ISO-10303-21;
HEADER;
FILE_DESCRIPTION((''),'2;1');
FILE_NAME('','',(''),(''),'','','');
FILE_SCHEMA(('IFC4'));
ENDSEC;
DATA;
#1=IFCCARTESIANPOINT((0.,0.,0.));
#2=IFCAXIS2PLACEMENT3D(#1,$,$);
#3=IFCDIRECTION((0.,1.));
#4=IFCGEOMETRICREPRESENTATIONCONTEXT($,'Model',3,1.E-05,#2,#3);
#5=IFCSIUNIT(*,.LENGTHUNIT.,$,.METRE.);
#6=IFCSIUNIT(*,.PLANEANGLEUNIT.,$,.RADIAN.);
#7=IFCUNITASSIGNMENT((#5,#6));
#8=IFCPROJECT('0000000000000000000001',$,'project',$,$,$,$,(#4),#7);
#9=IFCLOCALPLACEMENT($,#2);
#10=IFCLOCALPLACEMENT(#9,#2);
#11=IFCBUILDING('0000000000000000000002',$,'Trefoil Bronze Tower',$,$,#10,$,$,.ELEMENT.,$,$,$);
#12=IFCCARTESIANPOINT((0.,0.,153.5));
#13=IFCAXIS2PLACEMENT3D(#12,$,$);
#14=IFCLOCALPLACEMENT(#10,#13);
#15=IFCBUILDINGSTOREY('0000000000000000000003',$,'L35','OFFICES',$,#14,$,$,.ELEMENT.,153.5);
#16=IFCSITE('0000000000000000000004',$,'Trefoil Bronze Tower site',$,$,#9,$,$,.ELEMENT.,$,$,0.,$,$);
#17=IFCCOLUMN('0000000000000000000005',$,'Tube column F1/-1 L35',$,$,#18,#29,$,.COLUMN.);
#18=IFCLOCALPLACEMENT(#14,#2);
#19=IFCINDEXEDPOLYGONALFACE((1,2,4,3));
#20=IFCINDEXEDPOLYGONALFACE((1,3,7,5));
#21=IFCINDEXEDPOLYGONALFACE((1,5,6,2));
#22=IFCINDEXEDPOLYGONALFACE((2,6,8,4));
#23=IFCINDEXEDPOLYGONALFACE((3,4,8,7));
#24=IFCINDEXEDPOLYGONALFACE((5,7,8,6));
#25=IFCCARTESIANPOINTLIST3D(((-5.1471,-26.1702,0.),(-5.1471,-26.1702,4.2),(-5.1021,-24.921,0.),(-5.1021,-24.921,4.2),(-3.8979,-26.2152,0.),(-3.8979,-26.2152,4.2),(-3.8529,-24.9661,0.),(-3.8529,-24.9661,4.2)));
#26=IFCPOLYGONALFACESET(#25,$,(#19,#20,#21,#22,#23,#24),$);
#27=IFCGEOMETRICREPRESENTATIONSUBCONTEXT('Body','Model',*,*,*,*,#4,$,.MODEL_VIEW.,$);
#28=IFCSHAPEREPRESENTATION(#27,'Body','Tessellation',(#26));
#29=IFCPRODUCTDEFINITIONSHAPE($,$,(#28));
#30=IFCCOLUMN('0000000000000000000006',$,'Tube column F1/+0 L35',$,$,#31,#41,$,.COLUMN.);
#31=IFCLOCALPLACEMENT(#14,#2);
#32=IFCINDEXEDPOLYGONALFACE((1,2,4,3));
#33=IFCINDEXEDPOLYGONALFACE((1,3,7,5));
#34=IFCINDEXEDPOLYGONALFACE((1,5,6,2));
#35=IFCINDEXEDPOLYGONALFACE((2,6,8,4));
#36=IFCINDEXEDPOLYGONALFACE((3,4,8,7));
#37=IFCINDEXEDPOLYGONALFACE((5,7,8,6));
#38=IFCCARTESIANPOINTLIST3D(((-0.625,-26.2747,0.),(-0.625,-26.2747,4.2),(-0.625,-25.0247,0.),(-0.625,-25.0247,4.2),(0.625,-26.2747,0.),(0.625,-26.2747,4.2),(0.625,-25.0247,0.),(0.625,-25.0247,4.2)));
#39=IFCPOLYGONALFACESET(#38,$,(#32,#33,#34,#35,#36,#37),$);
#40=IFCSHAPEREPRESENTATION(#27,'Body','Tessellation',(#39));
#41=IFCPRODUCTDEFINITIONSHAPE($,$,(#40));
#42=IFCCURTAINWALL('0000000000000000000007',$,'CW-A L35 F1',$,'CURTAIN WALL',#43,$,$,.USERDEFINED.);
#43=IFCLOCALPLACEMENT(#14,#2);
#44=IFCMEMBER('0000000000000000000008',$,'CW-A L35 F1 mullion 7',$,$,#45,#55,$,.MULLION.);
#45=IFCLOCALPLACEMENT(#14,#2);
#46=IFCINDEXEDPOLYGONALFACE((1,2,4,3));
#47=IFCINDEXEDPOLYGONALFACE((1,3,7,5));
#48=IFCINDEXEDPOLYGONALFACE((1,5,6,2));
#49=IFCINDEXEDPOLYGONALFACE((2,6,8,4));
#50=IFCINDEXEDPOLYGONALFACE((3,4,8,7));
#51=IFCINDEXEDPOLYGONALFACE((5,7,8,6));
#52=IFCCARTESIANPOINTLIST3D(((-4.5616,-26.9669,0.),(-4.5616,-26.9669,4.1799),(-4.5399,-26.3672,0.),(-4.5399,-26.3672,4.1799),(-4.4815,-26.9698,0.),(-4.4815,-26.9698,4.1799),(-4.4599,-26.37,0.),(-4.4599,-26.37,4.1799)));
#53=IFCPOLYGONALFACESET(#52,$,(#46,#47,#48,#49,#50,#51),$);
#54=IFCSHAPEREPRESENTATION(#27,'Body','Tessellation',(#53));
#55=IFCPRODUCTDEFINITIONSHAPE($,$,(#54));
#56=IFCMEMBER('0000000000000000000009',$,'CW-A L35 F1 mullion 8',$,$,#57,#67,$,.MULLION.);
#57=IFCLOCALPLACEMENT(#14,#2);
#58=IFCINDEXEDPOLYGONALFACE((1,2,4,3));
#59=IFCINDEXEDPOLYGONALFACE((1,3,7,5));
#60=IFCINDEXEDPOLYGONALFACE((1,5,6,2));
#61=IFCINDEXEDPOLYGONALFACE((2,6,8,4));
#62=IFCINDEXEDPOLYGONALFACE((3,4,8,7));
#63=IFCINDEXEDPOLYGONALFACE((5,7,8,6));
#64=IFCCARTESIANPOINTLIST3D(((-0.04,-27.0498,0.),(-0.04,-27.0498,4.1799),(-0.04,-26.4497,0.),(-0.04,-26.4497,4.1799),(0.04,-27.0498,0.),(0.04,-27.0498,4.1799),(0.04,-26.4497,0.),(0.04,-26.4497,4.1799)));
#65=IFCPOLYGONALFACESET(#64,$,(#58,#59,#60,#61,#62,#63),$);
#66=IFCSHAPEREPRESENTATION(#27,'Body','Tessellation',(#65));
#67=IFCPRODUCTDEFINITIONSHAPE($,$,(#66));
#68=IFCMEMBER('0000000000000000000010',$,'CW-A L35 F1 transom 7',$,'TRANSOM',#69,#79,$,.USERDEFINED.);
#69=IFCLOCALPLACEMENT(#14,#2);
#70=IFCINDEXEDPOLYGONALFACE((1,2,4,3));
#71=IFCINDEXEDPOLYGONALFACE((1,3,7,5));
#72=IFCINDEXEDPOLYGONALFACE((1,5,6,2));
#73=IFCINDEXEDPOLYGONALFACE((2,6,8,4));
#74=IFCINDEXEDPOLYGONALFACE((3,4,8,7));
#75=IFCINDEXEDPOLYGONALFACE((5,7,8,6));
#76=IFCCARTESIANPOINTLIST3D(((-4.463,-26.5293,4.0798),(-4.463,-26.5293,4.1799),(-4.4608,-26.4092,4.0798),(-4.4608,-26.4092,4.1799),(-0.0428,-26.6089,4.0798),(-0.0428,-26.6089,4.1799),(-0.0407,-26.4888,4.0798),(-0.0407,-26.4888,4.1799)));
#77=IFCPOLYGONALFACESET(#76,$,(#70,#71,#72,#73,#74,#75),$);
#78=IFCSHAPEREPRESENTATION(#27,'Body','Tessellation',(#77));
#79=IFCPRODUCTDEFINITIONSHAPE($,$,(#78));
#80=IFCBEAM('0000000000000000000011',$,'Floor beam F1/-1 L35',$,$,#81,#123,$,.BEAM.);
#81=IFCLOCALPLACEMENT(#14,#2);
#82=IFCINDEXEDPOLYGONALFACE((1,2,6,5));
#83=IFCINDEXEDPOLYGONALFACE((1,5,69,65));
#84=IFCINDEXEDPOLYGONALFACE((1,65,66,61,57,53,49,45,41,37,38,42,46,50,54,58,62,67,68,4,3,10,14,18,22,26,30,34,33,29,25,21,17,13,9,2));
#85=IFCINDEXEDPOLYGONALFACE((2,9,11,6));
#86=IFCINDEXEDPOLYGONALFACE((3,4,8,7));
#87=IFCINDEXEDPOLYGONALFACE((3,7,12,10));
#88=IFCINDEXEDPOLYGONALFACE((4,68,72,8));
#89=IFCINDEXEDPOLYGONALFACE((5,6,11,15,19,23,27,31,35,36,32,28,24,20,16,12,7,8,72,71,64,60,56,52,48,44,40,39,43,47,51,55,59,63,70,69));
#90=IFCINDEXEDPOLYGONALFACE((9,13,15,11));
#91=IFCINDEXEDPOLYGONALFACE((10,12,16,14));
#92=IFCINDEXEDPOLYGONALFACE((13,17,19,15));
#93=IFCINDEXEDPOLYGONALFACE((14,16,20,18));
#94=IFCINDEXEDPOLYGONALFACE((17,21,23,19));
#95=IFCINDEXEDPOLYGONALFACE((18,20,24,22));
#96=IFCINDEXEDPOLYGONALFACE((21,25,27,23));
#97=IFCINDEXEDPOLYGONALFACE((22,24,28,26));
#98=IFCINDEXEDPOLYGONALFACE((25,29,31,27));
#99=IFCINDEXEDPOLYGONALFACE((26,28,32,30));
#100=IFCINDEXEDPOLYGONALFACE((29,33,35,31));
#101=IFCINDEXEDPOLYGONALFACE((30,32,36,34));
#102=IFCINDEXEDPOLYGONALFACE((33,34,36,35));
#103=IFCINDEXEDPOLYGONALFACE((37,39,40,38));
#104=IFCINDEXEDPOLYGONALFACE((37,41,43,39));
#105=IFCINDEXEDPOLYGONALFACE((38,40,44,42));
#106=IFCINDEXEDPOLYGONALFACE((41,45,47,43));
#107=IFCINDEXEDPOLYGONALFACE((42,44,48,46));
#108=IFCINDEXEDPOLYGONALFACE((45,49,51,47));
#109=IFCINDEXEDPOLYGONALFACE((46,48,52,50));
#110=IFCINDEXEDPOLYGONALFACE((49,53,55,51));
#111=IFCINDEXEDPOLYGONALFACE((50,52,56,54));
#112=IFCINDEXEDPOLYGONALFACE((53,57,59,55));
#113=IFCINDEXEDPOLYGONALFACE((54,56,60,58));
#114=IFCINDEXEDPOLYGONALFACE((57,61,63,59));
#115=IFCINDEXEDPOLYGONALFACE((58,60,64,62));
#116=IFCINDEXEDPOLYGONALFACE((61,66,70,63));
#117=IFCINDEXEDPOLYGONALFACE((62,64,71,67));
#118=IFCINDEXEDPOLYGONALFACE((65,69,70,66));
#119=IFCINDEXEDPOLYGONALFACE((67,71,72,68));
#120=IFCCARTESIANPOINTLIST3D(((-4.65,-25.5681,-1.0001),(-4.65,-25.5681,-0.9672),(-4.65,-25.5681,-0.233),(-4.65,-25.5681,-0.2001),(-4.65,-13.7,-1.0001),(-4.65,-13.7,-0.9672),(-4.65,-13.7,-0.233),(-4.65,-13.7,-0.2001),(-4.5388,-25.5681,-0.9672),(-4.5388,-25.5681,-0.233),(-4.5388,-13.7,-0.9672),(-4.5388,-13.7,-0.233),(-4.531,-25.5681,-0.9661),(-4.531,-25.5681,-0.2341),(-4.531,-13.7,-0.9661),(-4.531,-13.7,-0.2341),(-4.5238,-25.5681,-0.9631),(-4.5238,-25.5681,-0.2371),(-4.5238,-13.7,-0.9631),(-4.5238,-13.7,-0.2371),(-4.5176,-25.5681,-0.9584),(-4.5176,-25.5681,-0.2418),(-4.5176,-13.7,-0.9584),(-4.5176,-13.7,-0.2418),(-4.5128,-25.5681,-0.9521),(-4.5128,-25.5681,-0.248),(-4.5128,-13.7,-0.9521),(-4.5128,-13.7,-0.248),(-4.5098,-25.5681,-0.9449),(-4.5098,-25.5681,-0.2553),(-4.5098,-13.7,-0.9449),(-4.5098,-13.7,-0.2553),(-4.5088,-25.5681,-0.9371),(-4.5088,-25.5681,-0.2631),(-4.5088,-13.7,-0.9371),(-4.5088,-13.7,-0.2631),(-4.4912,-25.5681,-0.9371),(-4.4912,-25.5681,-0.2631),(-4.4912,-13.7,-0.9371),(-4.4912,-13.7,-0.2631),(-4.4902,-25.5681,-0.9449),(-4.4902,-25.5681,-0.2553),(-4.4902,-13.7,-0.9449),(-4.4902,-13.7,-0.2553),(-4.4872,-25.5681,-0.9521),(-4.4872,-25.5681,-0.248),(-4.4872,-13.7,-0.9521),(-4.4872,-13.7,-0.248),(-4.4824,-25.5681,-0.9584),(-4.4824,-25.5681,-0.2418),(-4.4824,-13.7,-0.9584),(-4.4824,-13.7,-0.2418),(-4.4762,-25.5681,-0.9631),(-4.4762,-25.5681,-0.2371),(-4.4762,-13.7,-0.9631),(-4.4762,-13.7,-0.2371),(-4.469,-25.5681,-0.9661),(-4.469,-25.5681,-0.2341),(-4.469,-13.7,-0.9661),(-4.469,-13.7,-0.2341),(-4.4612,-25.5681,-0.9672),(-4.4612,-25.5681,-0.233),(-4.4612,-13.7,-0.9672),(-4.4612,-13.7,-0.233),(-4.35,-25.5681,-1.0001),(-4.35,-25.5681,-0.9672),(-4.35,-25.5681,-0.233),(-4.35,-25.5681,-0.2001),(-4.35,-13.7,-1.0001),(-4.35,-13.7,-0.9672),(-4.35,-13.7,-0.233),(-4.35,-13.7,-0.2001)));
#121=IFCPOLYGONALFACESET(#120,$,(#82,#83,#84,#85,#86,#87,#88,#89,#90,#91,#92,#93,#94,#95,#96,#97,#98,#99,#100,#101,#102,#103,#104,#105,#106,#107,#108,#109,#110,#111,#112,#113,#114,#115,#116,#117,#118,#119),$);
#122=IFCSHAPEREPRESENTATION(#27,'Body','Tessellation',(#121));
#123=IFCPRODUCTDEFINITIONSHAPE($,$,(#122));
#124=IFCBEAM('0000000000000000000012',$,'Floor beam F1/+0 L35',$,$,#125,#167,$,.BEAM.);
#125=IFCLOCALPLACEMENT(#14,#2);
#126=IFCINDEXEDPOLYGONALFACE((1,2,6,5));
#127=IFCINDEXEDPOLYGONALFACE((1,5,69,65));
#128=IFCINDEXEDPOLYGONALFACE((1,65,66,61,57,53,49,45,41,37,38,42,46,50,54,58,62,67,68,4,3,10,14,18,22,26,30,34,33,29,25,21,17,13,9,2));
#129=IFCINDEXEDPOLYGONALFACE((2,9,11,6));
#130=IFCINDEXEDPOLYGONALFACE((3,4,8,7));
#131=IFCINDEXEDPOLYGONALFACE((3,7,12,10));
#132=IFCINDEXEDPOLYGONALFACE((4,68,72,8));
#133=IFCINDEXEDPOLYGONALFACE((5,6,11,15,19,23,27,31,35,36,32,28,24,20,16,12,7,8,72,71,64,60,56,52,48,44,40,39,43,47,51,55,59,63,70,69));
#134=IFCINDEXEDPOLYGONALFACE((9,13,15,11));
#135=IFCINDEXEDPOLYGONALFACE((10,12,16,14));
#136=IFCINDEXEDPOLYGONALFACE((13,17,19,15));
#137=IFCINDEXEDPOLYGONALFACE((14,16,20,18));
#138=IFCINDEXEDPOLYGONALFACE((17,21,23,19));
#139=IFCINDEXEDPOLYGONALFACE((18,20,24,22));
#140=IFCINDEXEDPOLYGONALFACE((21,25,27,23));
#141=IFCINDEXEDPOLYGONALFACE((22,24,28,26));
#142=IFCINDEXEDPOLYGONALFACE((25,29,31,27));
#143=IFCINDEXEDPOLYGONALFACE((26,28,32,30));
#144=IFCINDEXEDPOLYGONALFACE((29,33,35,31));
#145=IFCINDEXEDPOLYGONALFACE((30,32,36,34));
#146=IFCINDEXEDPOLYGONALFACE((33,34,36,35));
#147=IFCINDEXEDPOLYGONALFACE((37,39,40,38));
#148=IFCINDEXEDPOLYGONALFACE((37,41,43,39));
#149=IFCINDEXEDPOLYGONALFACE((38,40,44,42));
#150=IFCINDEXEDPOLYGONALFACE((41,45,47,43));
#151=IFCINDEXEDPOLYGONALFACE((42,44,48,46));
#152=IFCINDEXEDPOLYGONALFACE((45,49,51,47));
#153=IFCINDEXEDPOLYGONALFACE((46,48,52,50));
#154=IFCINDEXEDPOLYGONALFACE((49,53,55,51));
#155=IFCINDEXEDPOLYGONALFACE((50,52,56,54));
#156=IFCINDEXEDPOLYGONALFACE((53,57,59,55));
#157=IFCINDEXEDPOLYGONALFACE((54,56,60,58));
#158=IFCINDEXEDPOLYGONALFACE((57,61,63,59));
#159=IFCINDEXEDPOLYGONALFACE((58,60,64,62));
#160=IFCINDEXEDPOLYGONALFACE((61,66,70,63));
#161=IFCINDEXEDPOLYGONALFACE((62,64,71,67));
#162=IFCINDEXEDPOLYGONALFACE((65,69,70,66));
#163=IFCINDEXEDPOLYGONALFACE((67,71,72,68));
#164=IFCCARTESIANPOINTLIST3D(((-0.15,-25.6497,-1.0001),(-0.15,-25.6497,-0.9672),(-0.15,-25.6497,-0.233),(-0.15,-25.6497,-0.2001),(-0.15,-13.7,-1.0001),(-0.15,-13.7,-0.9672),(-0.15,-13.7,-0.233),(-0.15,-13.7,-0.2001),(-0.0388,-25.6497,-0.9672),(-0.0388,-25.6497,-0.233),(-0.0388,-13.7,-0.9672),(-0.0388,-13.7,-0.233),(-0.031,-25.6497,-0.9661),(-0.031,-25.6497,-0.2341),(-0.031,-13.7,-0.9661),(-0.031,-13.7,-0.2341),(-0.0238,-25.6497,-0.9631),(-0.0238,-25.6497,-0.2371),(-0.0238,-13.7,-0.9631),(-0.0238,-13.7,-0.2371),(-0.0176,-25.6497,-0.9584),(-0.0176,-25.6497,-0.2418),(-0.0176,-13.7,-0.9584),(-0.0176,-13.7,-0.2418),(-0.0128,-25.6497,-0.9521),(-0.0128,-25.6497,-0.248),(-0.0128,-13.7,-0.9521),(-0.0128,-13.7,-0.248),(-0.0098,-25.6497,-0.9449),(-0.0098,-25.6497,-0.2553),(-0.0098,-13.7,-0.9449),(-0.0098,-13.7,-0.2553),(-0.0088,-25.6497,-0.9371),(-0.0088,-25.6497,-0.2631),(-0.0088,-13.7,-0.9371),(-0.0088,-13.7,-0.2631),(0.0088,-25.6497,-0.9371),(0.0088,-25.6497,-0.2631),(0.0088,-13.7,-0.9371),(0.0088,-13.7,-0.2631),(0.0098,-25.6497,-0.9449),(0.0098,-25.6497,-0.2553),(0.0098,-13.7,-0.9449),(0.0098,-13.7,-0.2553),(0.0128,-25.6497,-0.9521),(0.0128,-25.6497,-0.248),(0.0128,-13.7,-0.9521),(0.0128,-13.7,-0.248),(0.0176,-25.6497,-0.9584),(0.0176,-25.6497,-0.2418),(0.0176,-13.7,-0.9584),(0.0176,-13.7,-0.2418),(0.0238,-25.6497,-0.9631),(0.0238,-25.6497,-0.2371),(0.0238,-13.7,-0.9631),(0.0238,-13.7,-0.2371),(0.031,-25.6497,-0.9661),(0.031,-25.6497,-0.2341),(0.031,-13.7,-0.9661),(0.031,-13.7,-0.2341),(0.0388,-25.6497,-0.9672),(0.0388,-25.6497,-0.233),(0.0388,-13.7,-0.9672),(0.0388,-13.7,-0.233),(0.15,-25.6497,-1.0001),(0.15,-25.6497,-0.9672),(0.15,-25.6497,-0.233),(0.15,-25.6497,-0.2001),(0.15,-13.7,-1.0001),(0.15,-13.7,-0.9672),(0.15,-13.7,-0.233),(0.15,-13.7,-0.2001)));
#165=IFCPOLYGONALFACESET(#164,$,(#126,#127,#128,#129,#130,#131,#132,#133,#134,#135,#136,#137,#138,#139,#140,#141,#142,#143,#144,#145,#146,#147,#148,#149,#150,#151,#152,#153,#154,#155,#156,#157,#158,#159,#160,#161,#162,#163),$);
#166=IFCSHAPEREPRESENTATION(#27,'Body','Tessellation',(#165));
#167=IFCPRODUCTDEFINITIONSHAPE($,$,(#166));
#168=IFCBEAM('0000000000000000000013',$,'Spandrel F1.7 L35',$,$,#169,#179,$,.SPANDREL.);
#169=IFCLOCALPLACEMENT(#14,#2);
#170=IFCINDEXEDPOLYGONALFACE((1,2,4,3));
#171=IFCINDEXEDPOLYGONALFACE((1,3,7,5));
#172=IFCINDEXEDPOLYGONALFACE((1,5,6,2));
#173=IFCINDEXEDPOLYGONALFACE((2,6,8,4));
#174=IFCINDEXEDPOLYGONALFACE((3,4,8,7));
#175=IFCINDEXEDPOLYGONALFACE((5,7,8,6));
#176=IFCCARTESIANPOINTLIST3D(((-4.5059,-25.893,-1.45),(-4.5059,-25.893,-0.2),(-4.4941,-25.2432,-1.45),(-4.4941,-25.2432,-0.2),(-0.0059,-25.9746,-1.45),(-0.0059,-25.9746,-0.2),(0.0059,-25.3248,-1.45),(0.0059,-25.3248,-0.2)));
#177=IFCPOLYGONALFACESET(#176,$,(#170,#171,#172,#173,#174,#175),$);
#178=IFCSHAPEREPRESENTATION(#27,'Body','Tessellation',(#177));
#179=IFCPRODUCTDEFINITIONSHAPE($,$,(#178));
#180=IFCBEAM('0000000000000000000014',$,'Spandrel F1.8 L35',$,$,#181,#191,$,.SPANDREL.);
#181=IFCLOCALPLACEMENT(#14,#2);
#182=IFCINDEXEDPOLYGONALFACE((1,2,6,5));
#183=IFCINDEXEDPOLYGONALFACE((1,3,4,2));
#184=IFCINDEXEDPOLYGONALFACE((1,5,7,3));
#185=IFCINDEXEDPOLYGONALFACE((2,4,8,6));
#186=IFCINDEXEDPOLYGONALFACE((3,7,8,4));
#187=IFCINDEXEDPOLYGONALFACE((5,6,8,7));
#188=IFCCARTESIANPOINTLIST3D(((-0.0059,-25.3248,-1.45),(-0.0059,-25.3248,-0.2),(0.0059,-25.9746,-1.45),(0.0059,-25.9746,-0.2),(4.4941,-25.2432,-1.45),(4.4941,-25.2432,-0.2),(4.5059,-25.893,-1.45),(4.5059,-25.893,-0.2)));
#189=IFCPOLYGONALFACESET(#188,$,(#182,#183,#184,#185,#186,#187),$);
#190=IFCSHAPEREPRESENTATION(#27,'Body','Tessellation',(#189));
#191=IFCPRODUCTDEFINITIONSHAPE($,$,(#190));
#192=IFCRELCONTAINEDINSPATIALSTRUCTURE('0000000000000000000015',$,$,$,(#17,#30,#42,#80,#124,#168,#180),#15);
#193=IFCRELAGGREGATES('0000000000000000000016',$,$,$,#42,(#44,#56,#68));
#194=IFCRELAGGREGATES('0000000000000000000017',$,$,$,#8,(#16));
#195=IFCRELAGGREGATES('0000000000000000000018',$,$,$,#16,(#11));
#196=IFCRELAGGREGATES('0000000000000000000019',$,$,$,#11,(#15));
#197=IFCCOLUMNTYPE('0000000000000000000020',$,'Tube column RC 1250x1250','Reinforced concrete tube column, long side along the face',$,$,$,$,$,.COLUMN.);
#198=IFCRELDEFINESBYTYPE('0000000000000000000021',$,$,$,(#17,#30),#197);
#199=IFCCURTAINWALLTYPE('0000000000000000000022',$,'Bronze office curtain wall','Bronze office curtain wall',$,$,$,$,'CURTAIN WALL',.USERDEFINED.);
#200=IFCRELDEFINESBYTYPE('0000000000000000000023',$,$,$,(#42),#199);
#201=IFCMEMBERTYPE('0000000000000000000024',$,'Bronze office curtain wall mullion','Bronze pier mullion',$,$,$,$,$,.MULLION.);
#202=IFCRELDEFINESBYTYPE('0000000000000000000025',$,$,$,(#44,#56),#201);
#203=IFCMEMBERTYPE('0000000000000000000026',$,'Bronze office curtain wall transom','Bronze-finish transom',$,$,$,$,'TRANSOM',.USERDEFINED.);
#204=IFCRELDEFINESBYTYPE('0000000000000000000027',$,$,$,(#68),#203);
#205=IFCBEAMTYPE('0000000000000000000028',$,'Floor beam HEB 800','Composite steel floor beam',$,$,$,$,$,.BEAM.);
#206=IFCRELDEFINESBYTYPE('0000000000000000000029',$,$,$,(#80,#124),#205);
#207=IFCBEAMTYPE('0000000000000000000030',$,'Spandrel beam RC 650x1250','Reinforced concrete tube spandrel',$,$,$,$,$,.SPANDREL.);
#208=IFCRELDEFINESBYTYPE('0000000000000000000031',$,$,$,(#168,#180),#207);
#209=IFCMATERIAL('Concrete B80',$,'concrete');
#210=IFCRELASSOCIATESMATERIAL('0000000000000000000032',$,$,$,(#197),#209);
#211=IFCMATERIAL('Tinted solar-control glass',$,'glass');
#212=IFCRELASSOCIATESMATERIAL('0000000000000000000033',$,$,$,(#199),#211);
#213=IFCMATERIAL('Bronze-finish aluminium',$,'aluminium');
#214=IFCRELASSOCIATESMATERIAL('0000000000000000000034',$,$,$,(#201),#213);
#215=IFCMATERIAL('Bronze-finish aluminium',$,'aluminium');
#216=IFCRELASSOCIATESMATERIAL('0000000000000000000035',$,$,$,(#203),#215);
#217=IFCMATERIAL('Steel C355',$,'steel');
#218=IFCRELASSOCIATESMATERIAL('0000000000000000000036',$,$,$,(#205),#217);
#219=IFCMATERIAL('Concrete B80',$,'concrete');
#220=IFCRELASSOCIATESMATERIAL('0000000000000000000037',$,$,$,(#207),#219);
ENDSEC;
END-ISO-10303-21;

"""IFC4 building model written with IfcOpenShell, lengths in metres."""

from ifc_helpers import new_model, si_unit, direction, frame, origin, origin_2d, place, context, subcontext, project, spatial, rectangle, i_section, extrude, material, material_profile, profile_set, type_object, element, aggregate, save


model = new_model("IFC4")

# Units and contexts
model_context = context("Model", 3, precision=1e-05, world=origin(), true_north=direction((0.0, 1.0)))
body_context = subcontext(model_context, "Body", "Model", "MODEL_VIEW")
ifc_project = project(units=[si_unit("LENGTHUNIT", "METRE"), si_unit("PLANEANGLEUNIT", "RADIAN")], contexts=[model_context])

# Site, building, storey
site_placement = place(None, origin())
site = spatial("IfcSite", under=ifc_project, at=site_placement, Name="Trefoil Bronze Tower site", CompositionType="ELEMENT", RefElevation=0.0)
building_placement = place(site_placement, origin())
building = spatial("IfcBuilding", under=site, at=building_placement, Name="Trefoil Bronze Tower", CompositionType="ELEMENT")
storey_placement = place(building_placement, frame((0.0, 0.0, 153.5)))
storey = spatial("IfcBuildingStorey", under=building, at=storey_placement, Name="L35", Description="OFFICES", CompositionType="ELEMENT", Elevation=153.5)

# Columns
ifc_material_1 = material(Name="Concrete B80", Category="concrete")
ifc_material_profile_1 = material_profile(ifc_material_1, rectangle(XDim=1.25, YDim=1.25, at=origin_2d()), Name="RC 1250x1250")
ifc_profile_set_1 = profile_set([ifc_material_profile_1], Name="Concrete B80")
column_type = type_object("IfcColumnType", Name="Tube column RC 1250x1250", Description="Reinforced concrete tube column, long side along the face", PredefinedType="COLUMN", material=ifc_profile_set_1)
for number, where, z_axis, x_axis, name in (
    (1, (-4.5, -25.5681, 0.0), (0.0, 0.0, 1.0), (0.99935, -0.036048, 0.0), "Tube column F1/-1 L35"),
    (2, (0.0, -25.6497, 0.0), (0.0, 0.0, 1.0), (1.0, 0.0, 0.0), "Tube column F1/+0 L35"),
):
    element("IfcColumn", number, at=place(storey_placement, frame(where, z_axis=z_axis, x_axis=x_axis)), inside=storey, type_object=column_type, Name=name, PredefinedType="COLUMN", context=body_context, shape_type="SweptSolid", body=[
        extrude(rectangle(XDim=1.25, YDim=1.25, at=origin_2d()), origin(), (0.0, 0.0, 1.0), 4.2),
    ])

# Curtain wall, members
ifc_material_2 = material(Name="Tinted solar-control glass", Category="glass")
curtain_wall_type = type_object("IfcCurtainWallType", Name="Bronze office curtain wall", Description="Bronze office curtain wall", ElementType="CURTAIN WALL", PredefinedType="USERDEFINED", material=ifc_material_2)
curtain_wall_placement = place(storey_placement, origin())
curtain_wall = element("IfcCurtainWall", 3, at=curtain_wall_placement, inside=storey, type_object=curtain_wall_type, Name="CW-A L35 F1", ObjectType="CURTAIN WALL", PredefinedType="USERDEFINED")
ifc_material_3 = material(Name="Bronze-finish aluminium", Category="aluminium")
ifc_material_profile_2 = material_profile(ifc_material_3, rectangle(XDim=0.6001, YDim=0.0801, at=origin_2d()), Name="CW-A mullion")
ifc_profile_set_2 = profile_set([ifc_material_profile_2], Name="Bronze-finish aluminium")
member_type_1 = type_object("IfcMemberType", Name="Bronze office curtain wall mullion", Description="Bronze pier mullion", PredefinedType="MULLION", material=ifc_profile_set_2)
member_1_placement = place(storey_placement, frame((-4.5107, -26.6685, 0.0), z_axis=(0.0, 0.0, 1.0), x_axis=(0.036048, 0.99935, 0.0)))
member_1 = element("IfcMember", 4, at=member_1_placement, type_object=member_type_1, Name="CW-A L35 F1 mullion 7", PredefinedType="MULLION", context=body_context, shape_type="SweptSolid", body=[
    extrude(rectangle(XDim=0.6001, YDim=0.0801, at=origin_2d()), origin(), (0.0, 0.0, 1.0), 4.1799),
])
member_2_placement = place(storey_placement, frame((0.0, -26.7498, 0.0), z_axis=(0.0, 0.0, 1.0), x_axis=(0.0, 1.0, 0.0)))
member_2 = element("IfcMember", 5, at=member_2_placement, type_object=member_type_1, Name="CW-A L35 F1 mullion 8", PredefinedType="MULLION", context=body_context, shape_type="SweptSolid", body=[
    extrude(rectangle(XDim=0.6001, YDim=0.0801, at=origin_2d()), origin(), (0.0, 0.0, 1.0), 4.1799),
])
ifc_material_4 = material(Name="Bronze-finish aluminium", Category="aluminium")
ifc_material_profile_3 = material_profile(ifc_material_4, rectangle(XDim=0.1201, YDim=0.1001, at=origin_2d()), Name="CW-A transom")
ifc_profile_set_3 = profile_set([ifc_material_profile_3], Name="Bronze-finish aluminium")
member_type_2 = type_object("IfcMemberType", Name="Bronze office curtain wall transom", Description="Bronze-finish transom", ElementType="TRANSOM", PredefinedType="USERDEFINED", material=ifc_profile_set_3)
member_3_placement = place(storey_placement, frame((-4.4619, -26.4692, 4.1299), z_axis=(0.999838, -0.018003, 0.0), x_axis=(0.018003, 0.999838, 0.0)))
member_3 = element("IfcMember", 6, at=member_3_placement, type_object=member_type_2, Name="CW-A L35 F1 transom 7", ObjectType="TRANSOM", PredefinedType="USERDEFINED", context=body_context, shape_type="SweptSolid", body=[
    extrude(rectangle(XDim=0.1201, YDim=0.1001, at=origin_2d()), origin(), (0.0, 0.0, 1.0), 4.4209),
])

# Beams
ifc_material_5 = material(Name="Steel C355", Category="steel")
ifc_material_profile_4 = material_profile(ifc_material_5, i_section(OverallWidth=0.3, OverallDepth=0.8, WebThickness=0.0176, FlangeThickness=0.033, FilletRadius=0.03, at=origin_2d()), Name="HEB 800")
ifc_profile_set_4 = profile_set([ifc_material_profile_4], Name="Steel C355")
beam_type_1 = type_object("IfcBeamType", Name="Floor beam HEB 800", Description="Composite steel floor beam", PredefinedType="BEAM", material=ifc_profile_set_4)
beam_1_placement = place(storey_placement, frame((-4.5, -25.5681, -0.6001), z_axis=(0.0, 1.0, 0.0), x_axis=(-1.0, 0.0, 0.0)))
element("IfcBeam", 7, at=beam_1_placement, inside=storey, type_object=beam_type_1, Name="Floor beam F1/-1 L35", PredefinedType="BEAM", context=body_context, shape_type="SweptSolid", body=[
    extrude(i_section(OverallWidth=0.3, OverallDepth=0.8, WebThickness=0.0176, FlangeThickness=0.033, FilletRadius=0.03, at=origin_2d()), origin(), (0.0, 0.0, 1.0), 11.8682),
])
beam_2_placement = place(storey_placement, frame((0.0, -25.6497, -0.6001), z_axis=(0.0, 1.0, 0.0), x_axis=(-1.0, 0.0, 0.0)))
element("IfcBeam", 8, at=beam_2_placement, inside=storey, type_object=beam_type_1, Name="Floor beam F1/+0 L35", PredefinedType="BEAM", context=body_context, shape_type="SweptSolid", body=[
    extrude(i_section(OverallWidth=0.3, OverallDepth=0.8, WebThickness=0.0176, FlangeThickness=0.033, FilletRadius=0.03, at=origin_2d()), origin(), (0.0, 0.0, 1.0), 11.9497),
])
ifc_material_6 = material(Name="Concrete B80", Category="concrete")
ifc_material_profile_5 = material_profile(ifc_material_6, rectangle(XDim=0.6499, YDim=1.25, at=origin_2d()), Name="RC 650x1250")
ifc_profile_set_5 = profile_set([ifc_material_profile_5], Name="Concrete B80")
beam_type_2 = type_object("IfcBeamType", Name="Spandrel beam RC 650x1250", Description="Reinforced concrete tube spandrel", PredefinedType="SPANDREL", material=ifc_profile_set_5)
for number, where, z_axis, x_axis, name in (
    (9, (-4.5, -25.5681, -0.825), (0.999836, -0.018118, 0.0), (0.018118, 0.999836, 0.0), "Spandrel F1.7 L35"),
    (10, (0.0, -25.6497, -0.825), (0.999836, 0.018118, 0.0), (-0.018118, 0.999836, 0.0), "Spandrel F1.8 L35"),
):
    element("IfcBeam", number, at=place(storey_placement, frame(where, z_axis=z_axis, x_axis=x_axis)), inside=storey, type_object=beam_type_2, Name=name, PredefinedType="SPANDREL", context=body_context, shape_type="SweptSolid", body=[
        extrude(rectangle(XDim=0.6499, YDim=1.25, at=origin_2d()), origin(), (0.0, 0.0, 1.0), 4.5007),
    ])

aggregate(curtain_wall, [member_1, member_2, member_3])

save(model, "model.ifc")
